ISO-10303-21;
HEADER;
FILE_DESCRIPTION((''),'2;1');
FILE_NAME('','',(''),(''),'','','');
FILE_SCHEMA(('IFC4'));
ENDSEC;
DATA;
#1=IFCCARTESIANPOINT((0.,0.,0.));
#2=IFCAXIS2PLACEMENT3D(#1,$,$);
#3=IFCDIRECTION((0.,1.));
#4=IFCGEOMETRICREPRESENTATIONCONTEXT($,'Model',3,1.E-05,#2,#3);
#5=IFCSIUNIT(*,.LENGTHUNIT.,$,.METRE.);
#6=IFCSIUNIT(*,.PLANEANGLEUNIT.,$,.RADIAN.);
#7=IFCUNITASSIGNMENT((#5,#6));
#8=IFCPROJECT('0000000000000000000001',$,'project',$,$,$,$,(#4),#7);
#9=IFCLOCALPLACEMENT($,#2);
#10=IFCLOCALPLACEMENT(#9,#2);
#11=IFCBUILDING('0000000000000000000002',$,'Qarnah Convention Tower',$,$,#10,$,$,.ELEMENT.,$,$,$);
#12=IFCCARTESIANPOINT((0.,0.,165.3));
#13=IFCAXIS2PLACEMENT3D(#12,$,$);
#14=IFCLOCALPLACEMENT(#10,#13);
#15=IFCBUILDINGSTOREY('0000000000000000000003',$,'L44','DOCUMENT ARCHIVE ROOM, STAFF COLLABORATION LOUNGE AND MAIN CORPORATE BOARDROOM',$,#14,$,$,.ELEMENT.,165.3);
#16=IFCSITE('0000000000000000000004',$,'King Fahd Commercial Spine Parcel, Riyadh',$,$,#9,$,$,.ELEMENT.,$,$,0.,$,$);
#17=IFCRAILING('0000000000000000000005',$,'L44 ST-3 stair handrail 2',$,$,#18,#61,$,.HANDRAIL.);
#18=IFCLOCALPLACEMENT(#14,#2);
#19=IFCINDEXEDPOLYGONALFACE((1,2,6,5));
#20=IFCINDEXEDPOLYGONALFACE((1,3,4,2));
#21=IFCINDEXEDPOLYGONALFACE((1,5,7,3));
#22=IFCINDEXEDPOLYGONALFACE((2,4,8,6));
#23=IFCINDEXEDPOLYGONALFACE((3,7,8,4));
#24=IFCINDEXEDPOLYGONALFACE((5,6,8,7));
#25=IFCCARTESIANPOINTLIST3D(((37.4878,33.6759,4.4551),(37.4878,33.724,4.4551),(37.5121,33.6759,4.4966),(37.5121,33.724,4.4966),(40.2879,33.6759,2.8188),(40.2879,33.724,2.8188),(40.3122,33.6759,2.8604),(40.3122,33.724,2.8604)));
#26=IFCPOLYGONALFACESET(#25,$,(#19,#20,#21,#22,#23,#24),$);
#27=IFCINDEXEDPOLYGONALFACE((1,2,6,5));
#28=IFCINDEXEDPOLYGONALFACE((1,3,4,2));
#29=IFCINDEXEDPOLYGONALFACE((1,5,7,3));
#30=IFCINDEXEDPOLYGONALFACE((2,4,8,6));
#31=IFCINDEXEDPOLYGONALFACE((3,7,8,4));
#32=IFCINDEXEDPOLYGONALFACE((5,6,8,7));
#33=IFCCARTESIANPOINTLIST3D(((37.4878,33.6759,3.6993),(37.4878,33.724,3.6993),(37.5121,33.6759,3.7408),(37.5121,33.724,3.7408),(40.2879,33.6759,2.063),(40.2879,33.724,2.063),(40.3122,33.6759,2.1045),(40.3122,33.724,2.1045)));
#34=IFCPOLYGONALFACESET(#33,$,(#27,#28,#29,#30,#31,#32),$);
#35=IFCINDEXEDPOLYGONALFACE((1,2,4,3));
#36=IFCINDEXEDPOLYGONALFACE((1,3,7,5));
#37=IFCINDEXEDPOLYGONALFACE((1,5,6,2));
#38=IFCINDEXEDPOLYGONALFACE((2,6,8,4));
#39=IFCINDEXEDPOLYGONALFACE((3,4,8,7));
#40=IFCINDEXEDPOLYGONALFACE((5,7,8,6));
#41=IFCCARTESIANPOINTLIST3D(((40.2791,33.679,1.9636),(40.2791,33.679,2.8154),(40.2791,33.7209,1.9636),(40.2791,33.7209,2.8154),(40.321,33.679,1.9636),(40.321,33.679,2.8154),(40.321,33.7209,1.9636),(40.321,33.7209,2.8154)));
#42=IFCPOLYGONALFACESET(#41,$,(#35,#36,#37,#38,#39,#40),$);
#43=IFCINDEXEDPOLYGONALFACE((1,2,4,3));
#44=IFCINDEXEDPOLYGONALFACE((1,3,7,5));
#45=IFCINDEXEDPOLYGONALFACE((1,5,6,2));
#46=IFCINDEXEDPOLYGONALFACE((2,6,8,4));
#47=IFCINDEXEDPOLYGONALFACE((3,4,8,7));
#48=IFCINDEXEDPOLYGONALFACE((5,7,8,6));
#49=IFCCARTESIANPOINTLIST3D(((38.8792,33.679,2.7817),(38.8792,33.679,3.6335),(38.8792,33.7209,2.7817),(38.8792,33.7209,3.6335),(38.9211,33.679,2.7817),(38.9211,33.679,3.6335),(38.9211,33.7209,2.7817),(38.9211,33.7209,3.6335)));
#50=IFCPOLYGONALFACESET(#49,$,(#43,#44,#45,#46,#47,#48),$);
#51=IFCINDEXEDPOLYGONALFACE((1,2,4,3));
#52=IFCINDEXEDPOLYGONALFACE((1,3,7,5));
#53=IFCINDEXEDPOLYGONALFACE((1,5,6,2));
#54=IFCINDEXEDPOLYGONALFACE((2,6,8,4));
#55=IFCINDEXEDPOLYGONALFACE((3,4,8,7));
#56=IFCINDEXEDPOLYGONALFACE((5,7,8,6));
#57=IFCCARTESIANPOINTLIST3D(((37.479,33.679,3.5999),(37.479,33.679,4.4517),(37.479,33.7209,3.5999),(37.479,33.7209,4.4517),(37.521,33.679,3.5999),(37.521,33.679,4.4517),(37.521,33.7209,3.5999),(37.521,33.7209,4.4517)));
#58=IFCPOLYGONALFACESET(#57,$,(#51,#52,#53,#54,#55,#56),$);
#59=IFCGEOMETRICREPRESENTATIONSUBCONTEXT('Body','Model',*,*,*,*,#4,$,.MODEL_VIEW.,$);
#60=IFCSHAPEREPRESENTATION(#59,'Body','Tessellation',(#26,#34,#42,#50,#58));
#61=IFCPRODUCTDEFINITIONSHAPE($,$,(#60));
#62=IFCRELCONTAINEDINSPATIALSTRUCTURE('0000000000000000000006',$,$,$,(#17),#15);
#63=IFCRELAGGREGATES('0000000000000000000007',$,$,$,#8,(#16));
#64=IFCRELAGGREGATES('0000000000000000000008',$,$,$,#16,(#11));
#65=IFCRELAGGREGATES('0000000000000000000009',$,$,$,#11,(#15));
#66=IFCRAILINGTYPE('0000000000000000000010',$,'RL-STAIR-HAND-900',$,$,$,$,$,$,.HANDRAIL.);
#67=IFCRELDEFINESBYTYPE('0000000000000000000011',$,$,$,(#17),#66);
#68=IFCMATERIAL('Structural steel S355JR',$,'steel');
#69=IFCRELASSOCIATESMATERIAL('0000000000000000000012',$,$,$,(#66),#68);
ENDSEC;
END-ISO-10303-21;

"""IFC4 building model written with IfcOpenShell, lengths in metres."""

from ifc_helpers import new_model, si_unit, direction, frame, origin, origin_2d, place, context, subcontext, project, spatial, rectangle, extrude, material, type_object, element, save


model = new_model("IFC4")

# Units and contexts
model_context = context("Model", 3, precision=1e-05, world=origin(), true_north=direction((0.0, 1.0)))
body_context = subcontext(model_context, "Body", "Model", "MODEL_VIEW")
ifc_project = project(units=[si_unit("LENGTHUNIT", "METRE"), si_unit("PLANEANGLEUNIT", "RADIAN")], contexts=[model_context])

# Site, building, storey
site_placement = place(None, origin())
site = spatial("IfcSite", under=ifc_project, at=site_placement, Name="King Fahd Commercial Spine Parcel, Riyadh", CompositionType="ELEMENT", RefElevation=0.0)
building_placement = place(site_placement, origin())
building = spatial("IfcBuilding", under=site, at=building_placement, Name="Qarnah Convention Tower", CompositionType="ELEMENT")
storey_placement = place(building_placement, frame((0.0, 0.0, 165.3)))
storey = spatial("IfcBuildingStorey", under=building, at=storey_placement, Name="L44", Description="DOCUMENT ARCHIVE ROOM, STAFF COLLABORATION LOUNGE AND MAIN CORPORATE BOARDROOM", CompositionType="ELEMENT", Elevation=165.3)

# Shared definitions
ifc_material_1 = material(Name="Structural steel S355JR", Category="steel")

# Railing
railing_type_1 = type_object("IfcRailingType", Name="RL-STAIR-HAND-900", PredefinedType="HANDRAIL", material=ifc_material_1)
railing_1_placement = place(storey_placement, frame((40.3, 33.7, 1.9636)))
element("IfcRailing", 1, at=railing_1_placement, inside=storey, type_object=railing_type_1, Name="L44 ST-3 stair handrail 2", PredefinedType="HANDRAIL", context=body_context, shape_type="SweptSolid", body=[
    extrude(rectangle(XDim=0.0481, YDim=0.0481, at=origin_2d()), frame((0.0, 0.0, 0.876), z_axis=(-0.863394, 0.0, 0.504531), x_axis=(0.0, -1.0, 0.0)), (0.0, 0.0, 1.0), 3.2432),
    extrude(rectangle(XDim=0.0481, YDim=0.0481, at=origin_2d()), frame((0.0, 0.0, 0.1201), z_axis=(-0.863394, 0.0, 0.504531), x_axis=(0.0, -1.0, 0.0)), (0.0, 0.0, 1.0), 3.2432),
    extrude(rectangle(XDim=0.042, YDim=0.042, at=origin_2d()), origin(), (0.0, 0.0, 1.0), 0.8518),
    extrude(rectangle(XDim=0.042, YDim=0.042, at=origin_2d()), frame((-1.3999, 0.0, 0.8181)), (0.0, 0.0, 1.0), 0.8518),
    extrude(rectangle(XDim=0.042, YDim=0.042, at=origin_2d()), frame((-2.8, 0.0, 1.6362)), (0.0, 0.0, 1.0), 0.8518),
])

save(model, "model.ifc")
